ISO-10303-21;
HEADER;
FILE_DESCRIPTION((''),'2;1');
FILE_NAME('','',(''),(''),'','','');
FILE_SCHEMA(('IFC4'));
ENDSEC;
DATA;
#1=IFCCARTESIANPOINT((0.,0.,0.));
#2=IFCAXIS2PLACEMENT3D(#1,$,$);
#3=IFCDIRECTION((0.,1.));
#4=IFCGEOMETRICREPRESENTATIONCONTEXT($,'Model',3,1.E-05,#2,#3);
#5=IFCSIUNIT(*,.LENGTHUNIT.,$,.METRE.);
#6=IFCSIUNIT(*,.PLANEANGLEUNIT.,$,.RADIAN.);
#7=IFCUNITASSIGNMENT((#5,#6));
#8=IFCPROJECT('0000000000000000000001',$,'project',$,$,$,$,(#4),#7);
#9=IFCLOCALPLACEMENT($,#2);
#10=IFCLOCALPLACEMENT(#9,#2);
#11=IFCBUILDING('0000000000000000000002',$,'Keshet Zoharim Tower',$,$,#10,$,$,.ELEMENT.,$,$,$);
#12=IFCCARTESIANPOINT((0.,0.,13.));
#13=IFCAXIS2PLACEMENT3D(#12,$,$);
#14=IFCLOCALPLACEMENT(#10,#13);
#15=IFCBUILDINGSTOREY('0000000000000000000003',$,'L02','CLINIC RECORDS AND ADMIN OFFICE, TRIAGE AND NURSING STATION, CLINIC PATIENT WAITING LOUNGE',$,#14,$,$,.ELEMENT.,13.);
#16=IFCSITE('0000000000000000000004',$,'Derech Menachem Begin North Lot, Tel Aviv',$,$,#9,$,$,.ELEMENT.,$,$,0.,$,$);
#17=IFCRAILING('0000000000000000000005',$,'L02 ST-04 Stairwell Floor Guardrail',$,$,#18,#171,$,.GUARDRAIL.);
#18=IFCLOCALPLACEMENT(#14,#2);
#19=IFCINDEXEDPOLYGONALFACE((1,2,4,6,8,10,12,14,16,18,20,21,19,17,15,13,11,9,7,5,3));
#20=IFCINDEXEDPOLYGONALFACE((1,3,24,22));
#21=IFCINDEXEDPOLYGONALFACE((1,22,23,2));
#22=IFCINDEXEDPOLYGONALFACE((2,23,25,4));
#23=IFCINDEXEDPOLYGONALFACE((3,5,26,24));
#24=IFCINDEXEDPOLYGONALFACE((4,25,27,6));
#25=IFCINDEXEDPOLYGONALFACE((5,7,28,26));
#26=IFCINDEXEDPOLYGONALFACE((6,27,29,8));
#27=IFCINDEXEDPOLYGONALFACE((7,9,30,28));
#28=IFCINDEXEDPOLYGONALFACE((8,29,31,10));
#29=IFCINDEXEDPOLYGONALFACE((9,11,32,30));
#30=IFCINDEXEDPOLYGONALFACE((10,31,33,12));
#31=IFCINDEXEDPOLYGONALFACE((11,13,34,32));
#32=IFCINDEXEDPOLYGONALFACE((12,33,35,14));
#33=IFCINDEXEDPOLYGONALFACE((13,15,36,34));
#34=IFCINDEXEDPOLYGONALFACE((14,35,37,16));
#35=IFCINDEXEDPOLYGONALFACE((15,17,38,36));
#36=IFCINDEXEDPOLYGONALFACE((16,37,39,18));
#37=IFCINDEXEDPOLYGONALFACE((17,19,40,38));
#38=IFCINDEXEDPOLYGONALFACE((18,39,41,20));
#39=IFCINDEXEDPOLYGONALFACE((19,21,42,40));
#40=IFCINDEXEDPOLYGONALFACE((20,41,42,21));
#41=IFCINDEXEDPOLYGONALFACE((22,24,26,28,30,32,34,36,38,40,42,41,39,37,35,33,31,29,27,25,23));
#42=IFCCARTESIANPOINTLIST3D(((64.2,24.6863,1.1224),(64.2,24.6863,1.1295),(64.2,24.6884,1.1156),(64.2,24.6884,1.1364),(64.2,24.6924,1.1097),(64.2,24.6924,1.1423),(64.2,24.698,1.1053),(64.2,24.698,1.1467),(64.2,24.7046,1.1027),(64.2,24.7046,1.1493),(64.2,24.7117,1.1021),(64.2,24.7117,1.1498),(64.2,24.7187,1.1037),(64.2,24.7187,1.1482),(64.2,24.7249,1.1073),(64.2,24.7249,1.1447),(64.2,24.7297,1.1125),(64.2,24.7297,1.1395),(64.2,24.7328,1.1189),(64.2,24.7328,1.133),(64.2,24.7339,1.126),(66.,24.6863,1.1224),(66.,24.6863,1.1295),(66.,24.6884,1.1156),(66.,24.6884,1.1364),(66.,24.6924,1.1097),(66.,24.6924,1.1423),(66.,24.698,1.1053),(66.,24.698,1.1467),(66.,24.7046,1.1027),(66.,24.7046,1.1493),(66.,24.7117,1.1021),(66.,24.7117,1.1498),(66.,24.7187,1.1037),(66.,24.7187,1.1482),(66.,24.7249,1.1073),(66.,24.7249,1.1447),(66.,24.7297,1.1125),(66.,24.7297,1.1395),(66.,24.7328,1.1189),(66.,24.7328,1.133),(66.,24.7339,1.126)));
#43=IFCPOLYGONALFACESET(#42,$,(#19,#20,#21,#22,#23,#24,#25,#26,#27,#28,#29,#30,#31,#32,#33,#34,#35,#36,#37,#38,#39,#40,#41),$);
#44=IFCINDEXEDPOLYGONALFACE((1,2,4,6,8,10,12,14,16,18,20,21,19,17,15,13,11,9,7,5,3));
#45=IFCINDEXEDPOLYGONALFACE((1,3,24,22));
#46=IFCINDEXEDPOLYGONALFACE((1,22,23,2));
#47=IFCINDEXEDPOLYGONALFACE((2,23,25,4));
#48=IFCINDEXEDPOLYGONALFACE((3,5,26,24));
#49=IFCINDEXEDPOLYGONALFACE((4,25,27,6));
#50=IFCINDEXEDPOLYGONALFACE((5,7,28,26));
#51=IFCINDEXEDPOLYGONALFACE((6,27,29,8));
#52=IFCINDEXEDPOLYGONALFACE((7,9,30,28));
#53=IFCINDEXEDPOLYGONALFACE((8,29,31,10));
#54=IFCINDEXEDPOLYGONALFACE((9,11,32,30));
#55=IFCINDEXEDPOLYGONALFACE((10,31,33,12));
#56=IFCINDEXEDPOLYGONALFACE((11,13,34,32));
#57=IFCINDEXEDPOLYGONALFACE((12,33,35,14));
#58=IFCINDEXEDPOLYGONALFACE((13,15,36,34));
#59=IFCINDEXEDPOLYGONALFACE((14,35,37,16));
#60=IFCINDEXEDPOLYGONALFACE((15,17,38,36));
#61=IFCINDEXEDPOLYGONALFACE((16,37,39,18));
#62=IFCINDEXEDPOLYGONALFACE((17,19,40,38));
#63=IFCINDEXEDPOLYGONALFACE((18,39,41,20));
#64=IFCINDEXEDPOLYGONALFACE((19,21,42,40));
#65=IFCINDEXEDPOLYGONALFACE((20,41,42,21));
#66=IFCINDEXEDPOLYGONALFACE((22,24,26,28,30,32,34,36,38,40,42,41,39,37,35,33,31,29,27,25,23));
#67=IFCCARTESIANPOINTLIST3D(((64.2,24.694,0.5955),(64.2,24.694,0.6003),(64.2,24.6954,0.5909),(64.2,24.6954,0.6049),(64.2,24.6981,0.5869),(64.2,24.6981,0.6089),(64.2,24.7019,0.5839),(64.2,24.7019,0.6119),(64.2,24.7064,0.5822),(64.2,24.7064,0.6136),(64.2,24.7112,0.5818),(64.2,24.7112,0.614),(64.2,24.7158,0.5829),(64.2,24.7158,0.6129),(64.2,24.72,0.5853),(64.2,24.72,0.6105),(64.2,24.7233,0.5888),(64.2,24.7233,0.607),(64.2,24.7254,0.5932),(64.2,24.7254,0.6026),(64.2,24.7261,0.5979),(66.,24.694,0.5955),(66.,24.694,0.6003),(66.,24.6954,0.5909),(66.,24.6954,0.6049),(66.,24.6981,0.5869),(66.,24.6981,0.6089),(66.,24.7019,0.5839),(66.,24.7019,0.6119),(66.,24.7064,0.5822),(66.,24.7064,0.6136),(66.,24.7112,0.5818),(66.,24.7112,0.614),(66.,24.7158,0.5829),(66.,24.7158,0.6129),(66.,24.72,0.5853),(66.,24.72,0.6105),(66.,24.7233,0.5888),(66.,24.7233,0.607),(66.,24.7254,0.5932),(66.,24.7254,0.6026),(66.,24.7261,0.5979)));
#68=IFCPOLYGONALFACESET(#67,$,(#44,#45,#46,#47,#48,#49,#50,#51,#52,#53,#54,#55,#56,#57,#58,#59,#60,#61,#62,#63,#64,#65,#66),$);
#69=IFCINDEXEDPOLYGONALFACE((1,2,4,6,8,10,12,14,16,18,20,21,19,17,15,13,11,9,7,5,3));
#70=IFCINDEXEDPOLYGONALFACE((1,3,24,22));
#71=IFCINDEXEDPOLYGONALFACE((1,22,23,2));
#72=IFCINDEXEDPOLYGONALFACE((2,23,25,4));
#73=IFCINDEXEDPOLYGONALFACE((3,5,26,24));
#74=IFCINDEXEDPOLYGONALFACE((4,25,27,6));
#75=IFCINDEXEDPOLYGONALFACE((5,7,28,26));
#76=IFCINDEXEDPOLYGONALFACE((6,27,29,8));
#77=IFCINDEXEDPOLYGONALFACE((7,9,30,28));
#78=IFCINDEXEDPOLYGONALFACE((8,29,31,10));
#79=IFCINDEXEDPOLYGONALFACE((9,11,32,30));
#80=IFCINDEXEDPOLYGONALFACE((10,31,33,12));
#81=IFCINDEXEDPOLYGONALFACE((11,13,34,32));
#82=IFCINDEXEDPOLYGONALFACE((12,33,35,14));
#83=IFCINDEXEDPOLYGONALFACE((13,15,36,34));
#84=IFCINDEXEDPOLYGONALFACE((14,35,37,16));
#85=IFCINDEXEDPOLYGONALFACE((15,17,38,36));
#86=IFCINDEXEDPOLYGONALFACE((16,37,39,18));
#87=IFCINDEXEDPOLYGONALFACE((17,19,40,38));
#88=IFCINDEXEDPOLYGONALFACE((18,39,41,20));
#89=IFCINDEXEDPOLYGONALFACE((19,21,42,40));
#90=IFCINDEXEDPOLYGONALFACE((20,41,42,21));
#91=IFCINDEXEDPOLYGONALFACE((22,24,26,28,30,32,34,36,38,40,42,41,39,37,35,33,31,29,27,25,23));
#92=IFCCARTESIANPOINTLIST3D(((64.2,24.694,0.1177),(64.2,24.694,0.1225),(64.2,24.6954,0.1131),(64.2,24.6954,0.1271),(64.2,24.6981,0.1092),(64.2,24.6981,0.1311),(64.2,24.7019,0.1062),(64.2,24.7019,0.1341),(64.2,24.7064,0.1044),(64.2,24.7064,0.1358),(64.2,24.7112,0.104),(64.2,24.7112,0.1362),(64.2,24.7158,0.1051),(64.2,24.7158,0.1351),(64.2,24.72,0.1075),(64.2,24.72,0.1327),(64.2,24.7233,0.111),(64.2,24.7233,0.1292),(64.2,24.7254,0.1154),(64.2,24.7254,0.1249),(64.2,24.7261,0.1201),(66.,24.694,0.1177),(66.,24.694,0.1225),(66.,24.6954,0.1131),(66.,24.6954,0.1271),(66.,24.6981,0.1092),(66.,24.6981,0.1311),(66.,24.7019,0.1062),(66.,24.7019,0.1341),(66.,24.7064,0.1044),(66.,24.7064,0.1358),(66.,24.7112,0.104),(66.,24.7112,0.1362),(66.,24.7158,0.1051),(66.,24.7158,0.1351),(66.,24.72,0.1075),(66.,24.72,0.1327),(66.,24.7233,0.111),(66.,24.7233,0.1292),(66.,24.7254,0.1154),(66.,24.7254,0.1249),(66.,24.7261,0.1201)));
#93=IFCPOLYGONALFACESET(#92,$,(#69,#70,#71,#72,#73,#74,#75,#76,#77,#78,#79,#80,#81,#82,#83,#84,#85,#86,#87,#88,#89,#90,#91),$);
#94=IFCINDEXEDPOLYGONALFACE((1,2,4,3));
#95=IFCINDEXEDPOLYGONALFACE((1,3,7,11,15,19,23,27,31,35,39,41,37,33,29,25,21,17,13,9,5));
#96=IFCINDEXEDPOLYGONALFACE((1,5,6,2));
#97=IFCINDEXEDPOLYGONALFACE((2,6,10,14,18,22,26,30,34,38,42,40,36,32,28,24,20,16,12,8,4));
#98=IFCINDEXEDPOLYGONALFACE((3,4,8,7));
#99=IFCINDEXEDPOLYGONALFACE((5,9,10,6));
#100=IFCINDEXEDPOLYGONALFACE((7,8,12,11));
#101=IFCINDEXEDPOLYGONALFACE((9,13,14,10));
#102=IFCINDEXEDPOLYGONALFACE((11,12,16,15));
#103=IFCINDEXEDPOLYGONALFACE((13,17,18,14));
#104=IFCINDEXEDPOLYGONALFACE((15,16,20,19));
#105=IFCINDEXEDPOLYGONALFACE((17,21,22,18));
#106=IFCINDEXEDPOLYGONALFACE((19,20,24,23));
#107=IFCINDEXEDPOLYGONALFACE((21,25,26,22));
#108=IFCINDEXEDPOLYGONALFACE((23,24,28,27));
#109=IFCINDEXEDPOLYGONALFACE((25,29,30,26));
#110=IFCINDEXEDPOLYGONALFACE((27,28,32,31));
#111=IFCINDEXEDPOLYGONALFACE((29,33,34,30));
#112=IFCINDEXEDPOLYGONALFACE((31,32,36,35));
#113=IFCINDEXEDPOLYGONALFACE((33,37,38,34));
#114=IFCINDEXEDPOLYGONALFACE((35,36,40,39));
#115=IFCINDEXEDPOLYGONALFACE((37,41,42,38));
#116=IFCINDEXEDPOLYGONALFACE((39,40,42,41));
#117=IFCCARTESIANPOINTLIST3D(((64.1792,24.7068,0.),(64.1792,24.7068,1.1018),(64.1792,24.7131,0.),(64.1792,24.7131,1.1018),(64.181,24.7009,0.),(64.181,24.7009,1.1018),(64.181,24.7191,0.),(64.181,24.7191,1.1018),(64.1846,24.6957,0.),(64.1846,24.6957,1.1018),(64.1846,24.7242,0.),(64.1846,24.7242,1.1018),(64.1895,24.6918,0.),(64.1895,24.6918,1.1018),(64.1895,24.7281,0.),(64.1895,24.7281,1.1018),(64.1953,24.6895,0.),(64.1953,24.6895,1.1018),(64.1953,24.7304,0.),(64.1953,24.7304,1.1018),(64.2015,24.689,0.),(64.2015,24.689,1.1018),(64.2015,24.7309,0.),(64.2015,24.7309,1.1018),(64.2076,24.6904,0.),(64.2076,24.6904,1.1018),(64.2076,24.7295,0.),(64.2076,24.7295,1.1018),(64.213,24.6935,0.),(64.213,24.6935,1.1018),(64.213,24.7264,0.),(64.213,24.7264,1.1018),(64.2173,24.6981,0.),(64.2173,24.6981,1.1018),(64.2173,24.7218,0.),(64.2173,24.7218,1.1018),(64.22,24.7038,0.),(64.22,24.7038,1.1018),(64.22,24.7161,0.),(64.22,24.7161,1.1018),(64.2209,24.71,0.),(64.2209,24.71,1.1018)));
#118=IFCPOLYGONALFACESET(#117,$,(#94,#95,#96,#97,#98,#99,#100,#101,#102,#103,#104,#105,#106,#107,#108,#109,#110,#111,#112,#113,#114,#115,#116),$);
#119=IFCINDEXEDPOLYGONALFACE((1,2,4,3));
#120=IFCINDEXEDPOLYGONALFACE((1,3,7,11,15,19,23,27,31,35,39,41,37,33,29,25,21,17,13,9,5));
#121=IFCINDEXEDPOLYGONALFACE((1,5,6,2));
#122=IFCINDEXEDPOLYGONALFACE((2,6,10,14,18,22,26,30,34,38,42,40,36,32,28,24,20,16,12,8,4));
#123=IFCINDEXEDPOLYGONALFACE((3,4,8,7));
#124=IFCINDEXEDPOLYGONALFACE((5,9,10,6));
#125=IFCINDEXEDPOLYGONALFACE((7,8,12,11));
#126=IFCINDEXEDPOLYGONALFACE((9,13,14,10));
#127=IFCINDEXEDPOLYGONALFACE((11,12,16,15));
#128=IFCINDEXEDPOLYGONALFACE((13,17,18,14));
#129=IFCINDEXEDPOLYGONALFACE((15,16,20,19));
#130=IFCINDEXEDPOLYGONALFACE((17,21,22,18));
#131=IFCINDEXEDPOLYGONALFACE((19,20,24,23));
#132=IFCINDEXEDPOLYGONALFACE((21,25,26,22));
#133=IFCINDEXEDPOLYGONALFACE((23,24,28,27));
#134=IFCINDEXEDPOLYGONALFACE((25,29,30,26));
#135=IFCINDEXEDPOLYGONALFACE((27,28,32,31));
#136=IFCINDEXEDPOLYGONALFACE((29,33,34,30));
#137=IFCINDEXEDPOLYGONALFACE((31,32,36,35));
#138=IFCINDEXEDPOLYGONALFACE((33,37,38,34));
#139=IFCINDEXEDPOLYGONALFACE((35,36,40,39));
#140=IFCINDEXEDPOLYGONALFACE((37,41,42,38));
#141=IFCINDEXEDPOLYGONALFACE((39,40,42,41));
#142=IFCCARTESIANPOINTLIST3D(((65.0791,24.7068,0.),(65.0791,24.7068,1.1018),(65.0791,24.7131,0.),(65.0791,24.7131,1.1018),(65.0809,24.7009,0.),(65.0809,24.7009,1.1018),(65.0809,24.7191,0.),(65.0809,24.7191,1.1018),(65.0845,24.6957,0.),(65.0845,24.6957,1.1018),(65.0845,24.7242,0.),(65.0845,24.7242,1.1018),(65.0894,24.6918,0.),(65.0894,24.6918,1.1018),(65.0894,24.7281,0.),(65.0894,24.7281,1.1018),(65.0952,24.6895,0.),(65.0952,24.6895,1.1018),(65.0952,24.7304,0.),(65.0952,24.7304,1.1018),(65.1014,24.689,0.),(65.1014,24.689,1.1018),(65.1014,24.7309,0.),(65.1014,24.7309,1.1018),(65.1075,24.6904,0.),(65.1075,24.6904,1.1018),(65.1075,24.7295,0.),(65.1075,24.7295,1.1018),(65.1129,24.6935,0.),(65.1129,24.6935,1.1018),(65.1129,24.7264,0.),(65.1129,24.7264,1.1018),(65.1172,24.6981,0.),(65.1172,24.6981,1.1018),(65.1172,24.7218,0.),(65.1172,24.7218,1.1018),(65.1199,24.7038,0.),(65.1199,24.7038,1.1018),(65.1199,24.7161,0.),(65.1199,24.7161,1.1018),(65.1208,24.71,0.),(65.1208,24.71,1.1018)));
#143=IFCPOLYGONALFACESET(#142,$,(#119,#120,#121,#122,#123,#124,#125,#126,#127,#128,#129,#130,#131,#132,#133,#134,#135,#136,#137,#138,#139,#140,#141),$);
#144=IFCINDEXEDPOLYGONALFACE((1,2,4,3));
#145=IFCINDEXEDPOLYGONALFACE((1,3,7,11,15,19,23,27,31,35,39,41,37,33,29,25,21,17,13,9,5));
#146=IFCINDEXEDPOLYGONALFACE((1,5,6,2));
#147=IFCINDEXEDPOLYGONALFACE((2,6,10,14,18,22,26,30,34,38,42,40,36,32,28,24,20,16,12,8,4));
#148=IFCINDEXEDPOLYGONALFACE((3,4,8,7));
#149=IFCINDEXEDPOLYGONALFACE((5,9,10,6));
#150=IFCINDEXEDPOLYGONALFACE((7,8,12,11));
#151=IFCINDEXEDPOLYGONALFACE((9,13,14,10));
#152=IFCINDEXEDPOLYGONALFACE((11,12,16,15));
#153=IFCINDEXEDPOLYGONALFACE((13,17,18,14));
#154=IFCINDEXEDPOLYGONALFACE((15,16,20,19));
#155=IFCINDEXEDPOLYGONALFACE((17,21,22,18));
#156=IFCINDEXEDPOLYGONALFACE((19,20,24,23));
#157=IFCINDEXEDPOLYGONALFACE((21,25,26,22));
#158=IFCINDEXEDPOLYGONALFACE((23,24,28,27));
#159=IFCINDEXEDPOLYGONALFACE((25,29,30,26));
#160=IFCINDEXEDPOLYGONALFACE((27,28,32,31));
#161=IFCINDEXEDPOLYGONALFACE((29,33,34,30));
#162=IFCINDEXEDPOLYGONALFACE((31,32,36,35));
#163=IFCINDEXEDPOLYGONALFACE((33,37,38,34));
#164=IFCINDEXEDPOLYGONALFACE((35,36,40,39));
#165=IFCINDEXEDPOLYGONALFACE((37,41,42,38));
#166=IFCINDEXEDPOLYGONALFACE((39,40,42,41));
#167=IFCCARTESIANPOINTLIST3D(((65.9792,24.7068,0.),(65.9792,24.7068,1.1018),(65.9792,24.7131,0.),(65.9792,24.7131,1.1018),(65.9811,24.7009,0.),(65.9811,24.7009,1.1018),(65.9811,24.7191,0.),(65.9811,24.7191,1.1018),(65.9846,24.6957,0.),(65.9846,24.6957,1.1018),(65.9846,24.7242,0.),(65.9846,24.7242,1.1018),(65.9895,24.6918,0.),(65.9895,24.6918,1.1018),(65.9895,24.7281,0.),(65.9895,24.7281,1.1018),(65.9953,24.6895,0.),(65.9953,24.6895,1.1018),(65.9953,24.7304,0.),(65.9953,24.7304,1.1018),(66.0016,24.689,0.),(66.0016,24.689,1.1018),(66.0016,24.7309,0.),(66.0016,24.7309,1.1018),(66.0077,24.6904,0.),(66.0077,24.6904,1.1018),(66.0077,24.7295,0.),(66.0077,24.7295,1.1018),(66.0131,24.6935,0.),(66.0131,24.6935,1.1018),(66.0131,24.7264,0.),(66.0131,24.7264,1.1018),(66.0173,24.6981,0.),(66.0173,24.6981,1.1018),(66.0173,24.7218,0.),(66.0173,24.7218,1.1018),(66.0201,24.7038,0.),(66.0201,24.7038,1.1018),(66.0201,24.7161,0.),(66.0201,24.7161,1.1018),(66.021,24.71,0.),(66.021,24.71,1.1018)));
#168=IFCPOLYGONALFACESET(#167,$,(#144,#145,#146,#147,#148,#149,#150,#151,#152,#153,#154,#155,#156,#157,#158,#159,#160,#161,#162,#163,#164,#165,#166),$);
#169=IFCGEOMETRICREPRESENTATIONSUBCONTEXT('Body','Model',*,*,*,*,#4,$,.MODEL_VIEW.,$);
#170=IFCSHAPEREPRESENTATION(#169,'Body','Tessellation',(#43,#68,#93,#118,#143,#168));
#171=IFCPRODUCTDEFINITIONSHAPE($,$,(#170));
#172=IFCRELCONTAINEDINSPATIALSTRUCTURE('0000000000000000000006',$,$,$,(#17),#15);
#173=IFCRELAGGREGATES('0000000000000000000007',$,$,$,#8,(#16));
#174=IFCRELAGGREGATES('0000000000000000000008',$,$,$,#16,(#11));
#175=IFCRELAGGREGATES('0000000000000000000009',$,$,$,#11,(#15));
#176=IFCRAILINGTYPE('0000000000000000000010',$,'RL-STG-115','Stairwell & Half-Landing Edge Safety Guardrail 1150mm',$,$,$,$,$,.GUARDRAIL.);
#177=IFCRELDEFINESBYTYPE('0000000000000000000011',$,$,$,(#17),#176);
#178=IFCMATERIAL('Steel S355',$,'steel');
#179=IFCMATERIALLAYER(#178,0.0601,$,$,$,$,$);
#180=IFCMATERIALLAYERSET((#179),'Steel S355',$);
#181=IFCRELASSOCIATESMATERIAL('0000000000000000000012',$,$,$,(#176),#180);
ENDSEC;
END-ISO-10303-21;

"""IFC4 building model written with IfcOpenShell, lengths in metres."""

from ifc_helpers import new_model, si_unit, direction, frame, origin, origin_2d, place, context, subcontext, project, spatial, circle, extrude, material, layer, layer_set, type_object, element, save


model = new_model("IFC4")

# Units and contexts
model_context = context("Model", 3, precision=1e-05, world=origin(), true_north=direction((0.0, 1.0)))
body_context = subcontext(model_context, "Body", "Model", "MODEL_VIEW")
ifc_project = project(units=[si_unit("LENGTHUNIT", "METRE"), si_unit("PLANEANGLEUNIT", "RADIAN")], contexts=[model_context])

# Site, building, storey
site_placement = place(None, origin())
site = spatial("IfcSite", under=ifc_project, at=site_placement, Name="Derech Menachem Begin North Lot, Tel Aviv", CompositionType="ELEMENT", RefElevation=0.0)
building_placement = place(site_placement, origin())
building = spatial("IfcBuilding", under=site, at=building_placement, Name="Keshet Zoharim Tower", CompositionType="ELEMENT")
storey_placement = place(building_placement, frame((0.0, 0.0, 13.0)))
storey = spatial("IfcBuildingStorey", under=building, at=storey_placement, Name="L02", Description="CLINIC RECORDS AND ADMIN OFFICE, TRIAGE AND NURSING STATION, CLINIC PATIENT WAITING LOUNGE", CompositionType="ELEMENT", Elevation=13.0)

# Shared definitions
ifc_material_1 = material(Name="Steel S355", Category="steel")

# Railing
ifc_layer_1 = layer(ifc_material_1, 0.0601)
ifc_layer_set_1 = layer_set([ifc_layer_1], Name="Steel S355")
railing_type = type_object("IfcRailingType", Name="RL-STG-115", Description="Stairwell & Half-Landing Edge Safety Guardrail 1150mm", PredefinedType="GUARDRAIL", material=ifc_layer_set_1)
railing_placement = place(storey_placement, frame((64.2, 24.71, 0.0)))
element("IfcRailing", 1, at=railing_placement, inside=storey, type_object=railing_type, Name="L02 ST-04 Stairwell Floor Guardrail", PredefinedType="GUARDRAIL", context=body_context, shape_type="SweptSolid", body=[
    extrude(circle(Radius=0.0239, at=origin_2d()), frame((0.0, 0.0, 1.126), z_axis=(1.0, 0.0, 0.0), x_axis=(0.0, 1.0, 0.0)), (0.0, 0.0, 1.0), 1.8),
    extrude(circle(Radius=0.0161, at=origin_2d()), frame((0.0, 0.0, 0.5979), z_axis=(1.0, 0.0, 0.0), x_axis=(0.0, 1.0, 0.0)), (0.0, 0.0, 1.0), 1.8),
    extrude(circle(Radius=0.0161, at=origin_2d()), frame((0.0, 0.0, 0.1201), z_axis=(1.0, 0.0, 0.0), x_axis=(0.0, 1.0, 0.0)), (0.0, 0.0, 1.0), 1.8),
    extrude(circle(Radius=0.021, at=origin_2d()), origin(), (0.0, 0.0, 1.0), 1.1018),
    extrude(circle(Radius=0.021, at=origin_2d()), frame((0.8999, 0.0, 0.0)), (0.0, 0.0, 1.0), 1.1018),
    extrude(circle(Radius=0.021, at=origin_2d()), frame((1.8, 0.0, 0.0)), (0.0, 0.0, 1.0), 1.1018),
])

save(model, "model.ifc")
